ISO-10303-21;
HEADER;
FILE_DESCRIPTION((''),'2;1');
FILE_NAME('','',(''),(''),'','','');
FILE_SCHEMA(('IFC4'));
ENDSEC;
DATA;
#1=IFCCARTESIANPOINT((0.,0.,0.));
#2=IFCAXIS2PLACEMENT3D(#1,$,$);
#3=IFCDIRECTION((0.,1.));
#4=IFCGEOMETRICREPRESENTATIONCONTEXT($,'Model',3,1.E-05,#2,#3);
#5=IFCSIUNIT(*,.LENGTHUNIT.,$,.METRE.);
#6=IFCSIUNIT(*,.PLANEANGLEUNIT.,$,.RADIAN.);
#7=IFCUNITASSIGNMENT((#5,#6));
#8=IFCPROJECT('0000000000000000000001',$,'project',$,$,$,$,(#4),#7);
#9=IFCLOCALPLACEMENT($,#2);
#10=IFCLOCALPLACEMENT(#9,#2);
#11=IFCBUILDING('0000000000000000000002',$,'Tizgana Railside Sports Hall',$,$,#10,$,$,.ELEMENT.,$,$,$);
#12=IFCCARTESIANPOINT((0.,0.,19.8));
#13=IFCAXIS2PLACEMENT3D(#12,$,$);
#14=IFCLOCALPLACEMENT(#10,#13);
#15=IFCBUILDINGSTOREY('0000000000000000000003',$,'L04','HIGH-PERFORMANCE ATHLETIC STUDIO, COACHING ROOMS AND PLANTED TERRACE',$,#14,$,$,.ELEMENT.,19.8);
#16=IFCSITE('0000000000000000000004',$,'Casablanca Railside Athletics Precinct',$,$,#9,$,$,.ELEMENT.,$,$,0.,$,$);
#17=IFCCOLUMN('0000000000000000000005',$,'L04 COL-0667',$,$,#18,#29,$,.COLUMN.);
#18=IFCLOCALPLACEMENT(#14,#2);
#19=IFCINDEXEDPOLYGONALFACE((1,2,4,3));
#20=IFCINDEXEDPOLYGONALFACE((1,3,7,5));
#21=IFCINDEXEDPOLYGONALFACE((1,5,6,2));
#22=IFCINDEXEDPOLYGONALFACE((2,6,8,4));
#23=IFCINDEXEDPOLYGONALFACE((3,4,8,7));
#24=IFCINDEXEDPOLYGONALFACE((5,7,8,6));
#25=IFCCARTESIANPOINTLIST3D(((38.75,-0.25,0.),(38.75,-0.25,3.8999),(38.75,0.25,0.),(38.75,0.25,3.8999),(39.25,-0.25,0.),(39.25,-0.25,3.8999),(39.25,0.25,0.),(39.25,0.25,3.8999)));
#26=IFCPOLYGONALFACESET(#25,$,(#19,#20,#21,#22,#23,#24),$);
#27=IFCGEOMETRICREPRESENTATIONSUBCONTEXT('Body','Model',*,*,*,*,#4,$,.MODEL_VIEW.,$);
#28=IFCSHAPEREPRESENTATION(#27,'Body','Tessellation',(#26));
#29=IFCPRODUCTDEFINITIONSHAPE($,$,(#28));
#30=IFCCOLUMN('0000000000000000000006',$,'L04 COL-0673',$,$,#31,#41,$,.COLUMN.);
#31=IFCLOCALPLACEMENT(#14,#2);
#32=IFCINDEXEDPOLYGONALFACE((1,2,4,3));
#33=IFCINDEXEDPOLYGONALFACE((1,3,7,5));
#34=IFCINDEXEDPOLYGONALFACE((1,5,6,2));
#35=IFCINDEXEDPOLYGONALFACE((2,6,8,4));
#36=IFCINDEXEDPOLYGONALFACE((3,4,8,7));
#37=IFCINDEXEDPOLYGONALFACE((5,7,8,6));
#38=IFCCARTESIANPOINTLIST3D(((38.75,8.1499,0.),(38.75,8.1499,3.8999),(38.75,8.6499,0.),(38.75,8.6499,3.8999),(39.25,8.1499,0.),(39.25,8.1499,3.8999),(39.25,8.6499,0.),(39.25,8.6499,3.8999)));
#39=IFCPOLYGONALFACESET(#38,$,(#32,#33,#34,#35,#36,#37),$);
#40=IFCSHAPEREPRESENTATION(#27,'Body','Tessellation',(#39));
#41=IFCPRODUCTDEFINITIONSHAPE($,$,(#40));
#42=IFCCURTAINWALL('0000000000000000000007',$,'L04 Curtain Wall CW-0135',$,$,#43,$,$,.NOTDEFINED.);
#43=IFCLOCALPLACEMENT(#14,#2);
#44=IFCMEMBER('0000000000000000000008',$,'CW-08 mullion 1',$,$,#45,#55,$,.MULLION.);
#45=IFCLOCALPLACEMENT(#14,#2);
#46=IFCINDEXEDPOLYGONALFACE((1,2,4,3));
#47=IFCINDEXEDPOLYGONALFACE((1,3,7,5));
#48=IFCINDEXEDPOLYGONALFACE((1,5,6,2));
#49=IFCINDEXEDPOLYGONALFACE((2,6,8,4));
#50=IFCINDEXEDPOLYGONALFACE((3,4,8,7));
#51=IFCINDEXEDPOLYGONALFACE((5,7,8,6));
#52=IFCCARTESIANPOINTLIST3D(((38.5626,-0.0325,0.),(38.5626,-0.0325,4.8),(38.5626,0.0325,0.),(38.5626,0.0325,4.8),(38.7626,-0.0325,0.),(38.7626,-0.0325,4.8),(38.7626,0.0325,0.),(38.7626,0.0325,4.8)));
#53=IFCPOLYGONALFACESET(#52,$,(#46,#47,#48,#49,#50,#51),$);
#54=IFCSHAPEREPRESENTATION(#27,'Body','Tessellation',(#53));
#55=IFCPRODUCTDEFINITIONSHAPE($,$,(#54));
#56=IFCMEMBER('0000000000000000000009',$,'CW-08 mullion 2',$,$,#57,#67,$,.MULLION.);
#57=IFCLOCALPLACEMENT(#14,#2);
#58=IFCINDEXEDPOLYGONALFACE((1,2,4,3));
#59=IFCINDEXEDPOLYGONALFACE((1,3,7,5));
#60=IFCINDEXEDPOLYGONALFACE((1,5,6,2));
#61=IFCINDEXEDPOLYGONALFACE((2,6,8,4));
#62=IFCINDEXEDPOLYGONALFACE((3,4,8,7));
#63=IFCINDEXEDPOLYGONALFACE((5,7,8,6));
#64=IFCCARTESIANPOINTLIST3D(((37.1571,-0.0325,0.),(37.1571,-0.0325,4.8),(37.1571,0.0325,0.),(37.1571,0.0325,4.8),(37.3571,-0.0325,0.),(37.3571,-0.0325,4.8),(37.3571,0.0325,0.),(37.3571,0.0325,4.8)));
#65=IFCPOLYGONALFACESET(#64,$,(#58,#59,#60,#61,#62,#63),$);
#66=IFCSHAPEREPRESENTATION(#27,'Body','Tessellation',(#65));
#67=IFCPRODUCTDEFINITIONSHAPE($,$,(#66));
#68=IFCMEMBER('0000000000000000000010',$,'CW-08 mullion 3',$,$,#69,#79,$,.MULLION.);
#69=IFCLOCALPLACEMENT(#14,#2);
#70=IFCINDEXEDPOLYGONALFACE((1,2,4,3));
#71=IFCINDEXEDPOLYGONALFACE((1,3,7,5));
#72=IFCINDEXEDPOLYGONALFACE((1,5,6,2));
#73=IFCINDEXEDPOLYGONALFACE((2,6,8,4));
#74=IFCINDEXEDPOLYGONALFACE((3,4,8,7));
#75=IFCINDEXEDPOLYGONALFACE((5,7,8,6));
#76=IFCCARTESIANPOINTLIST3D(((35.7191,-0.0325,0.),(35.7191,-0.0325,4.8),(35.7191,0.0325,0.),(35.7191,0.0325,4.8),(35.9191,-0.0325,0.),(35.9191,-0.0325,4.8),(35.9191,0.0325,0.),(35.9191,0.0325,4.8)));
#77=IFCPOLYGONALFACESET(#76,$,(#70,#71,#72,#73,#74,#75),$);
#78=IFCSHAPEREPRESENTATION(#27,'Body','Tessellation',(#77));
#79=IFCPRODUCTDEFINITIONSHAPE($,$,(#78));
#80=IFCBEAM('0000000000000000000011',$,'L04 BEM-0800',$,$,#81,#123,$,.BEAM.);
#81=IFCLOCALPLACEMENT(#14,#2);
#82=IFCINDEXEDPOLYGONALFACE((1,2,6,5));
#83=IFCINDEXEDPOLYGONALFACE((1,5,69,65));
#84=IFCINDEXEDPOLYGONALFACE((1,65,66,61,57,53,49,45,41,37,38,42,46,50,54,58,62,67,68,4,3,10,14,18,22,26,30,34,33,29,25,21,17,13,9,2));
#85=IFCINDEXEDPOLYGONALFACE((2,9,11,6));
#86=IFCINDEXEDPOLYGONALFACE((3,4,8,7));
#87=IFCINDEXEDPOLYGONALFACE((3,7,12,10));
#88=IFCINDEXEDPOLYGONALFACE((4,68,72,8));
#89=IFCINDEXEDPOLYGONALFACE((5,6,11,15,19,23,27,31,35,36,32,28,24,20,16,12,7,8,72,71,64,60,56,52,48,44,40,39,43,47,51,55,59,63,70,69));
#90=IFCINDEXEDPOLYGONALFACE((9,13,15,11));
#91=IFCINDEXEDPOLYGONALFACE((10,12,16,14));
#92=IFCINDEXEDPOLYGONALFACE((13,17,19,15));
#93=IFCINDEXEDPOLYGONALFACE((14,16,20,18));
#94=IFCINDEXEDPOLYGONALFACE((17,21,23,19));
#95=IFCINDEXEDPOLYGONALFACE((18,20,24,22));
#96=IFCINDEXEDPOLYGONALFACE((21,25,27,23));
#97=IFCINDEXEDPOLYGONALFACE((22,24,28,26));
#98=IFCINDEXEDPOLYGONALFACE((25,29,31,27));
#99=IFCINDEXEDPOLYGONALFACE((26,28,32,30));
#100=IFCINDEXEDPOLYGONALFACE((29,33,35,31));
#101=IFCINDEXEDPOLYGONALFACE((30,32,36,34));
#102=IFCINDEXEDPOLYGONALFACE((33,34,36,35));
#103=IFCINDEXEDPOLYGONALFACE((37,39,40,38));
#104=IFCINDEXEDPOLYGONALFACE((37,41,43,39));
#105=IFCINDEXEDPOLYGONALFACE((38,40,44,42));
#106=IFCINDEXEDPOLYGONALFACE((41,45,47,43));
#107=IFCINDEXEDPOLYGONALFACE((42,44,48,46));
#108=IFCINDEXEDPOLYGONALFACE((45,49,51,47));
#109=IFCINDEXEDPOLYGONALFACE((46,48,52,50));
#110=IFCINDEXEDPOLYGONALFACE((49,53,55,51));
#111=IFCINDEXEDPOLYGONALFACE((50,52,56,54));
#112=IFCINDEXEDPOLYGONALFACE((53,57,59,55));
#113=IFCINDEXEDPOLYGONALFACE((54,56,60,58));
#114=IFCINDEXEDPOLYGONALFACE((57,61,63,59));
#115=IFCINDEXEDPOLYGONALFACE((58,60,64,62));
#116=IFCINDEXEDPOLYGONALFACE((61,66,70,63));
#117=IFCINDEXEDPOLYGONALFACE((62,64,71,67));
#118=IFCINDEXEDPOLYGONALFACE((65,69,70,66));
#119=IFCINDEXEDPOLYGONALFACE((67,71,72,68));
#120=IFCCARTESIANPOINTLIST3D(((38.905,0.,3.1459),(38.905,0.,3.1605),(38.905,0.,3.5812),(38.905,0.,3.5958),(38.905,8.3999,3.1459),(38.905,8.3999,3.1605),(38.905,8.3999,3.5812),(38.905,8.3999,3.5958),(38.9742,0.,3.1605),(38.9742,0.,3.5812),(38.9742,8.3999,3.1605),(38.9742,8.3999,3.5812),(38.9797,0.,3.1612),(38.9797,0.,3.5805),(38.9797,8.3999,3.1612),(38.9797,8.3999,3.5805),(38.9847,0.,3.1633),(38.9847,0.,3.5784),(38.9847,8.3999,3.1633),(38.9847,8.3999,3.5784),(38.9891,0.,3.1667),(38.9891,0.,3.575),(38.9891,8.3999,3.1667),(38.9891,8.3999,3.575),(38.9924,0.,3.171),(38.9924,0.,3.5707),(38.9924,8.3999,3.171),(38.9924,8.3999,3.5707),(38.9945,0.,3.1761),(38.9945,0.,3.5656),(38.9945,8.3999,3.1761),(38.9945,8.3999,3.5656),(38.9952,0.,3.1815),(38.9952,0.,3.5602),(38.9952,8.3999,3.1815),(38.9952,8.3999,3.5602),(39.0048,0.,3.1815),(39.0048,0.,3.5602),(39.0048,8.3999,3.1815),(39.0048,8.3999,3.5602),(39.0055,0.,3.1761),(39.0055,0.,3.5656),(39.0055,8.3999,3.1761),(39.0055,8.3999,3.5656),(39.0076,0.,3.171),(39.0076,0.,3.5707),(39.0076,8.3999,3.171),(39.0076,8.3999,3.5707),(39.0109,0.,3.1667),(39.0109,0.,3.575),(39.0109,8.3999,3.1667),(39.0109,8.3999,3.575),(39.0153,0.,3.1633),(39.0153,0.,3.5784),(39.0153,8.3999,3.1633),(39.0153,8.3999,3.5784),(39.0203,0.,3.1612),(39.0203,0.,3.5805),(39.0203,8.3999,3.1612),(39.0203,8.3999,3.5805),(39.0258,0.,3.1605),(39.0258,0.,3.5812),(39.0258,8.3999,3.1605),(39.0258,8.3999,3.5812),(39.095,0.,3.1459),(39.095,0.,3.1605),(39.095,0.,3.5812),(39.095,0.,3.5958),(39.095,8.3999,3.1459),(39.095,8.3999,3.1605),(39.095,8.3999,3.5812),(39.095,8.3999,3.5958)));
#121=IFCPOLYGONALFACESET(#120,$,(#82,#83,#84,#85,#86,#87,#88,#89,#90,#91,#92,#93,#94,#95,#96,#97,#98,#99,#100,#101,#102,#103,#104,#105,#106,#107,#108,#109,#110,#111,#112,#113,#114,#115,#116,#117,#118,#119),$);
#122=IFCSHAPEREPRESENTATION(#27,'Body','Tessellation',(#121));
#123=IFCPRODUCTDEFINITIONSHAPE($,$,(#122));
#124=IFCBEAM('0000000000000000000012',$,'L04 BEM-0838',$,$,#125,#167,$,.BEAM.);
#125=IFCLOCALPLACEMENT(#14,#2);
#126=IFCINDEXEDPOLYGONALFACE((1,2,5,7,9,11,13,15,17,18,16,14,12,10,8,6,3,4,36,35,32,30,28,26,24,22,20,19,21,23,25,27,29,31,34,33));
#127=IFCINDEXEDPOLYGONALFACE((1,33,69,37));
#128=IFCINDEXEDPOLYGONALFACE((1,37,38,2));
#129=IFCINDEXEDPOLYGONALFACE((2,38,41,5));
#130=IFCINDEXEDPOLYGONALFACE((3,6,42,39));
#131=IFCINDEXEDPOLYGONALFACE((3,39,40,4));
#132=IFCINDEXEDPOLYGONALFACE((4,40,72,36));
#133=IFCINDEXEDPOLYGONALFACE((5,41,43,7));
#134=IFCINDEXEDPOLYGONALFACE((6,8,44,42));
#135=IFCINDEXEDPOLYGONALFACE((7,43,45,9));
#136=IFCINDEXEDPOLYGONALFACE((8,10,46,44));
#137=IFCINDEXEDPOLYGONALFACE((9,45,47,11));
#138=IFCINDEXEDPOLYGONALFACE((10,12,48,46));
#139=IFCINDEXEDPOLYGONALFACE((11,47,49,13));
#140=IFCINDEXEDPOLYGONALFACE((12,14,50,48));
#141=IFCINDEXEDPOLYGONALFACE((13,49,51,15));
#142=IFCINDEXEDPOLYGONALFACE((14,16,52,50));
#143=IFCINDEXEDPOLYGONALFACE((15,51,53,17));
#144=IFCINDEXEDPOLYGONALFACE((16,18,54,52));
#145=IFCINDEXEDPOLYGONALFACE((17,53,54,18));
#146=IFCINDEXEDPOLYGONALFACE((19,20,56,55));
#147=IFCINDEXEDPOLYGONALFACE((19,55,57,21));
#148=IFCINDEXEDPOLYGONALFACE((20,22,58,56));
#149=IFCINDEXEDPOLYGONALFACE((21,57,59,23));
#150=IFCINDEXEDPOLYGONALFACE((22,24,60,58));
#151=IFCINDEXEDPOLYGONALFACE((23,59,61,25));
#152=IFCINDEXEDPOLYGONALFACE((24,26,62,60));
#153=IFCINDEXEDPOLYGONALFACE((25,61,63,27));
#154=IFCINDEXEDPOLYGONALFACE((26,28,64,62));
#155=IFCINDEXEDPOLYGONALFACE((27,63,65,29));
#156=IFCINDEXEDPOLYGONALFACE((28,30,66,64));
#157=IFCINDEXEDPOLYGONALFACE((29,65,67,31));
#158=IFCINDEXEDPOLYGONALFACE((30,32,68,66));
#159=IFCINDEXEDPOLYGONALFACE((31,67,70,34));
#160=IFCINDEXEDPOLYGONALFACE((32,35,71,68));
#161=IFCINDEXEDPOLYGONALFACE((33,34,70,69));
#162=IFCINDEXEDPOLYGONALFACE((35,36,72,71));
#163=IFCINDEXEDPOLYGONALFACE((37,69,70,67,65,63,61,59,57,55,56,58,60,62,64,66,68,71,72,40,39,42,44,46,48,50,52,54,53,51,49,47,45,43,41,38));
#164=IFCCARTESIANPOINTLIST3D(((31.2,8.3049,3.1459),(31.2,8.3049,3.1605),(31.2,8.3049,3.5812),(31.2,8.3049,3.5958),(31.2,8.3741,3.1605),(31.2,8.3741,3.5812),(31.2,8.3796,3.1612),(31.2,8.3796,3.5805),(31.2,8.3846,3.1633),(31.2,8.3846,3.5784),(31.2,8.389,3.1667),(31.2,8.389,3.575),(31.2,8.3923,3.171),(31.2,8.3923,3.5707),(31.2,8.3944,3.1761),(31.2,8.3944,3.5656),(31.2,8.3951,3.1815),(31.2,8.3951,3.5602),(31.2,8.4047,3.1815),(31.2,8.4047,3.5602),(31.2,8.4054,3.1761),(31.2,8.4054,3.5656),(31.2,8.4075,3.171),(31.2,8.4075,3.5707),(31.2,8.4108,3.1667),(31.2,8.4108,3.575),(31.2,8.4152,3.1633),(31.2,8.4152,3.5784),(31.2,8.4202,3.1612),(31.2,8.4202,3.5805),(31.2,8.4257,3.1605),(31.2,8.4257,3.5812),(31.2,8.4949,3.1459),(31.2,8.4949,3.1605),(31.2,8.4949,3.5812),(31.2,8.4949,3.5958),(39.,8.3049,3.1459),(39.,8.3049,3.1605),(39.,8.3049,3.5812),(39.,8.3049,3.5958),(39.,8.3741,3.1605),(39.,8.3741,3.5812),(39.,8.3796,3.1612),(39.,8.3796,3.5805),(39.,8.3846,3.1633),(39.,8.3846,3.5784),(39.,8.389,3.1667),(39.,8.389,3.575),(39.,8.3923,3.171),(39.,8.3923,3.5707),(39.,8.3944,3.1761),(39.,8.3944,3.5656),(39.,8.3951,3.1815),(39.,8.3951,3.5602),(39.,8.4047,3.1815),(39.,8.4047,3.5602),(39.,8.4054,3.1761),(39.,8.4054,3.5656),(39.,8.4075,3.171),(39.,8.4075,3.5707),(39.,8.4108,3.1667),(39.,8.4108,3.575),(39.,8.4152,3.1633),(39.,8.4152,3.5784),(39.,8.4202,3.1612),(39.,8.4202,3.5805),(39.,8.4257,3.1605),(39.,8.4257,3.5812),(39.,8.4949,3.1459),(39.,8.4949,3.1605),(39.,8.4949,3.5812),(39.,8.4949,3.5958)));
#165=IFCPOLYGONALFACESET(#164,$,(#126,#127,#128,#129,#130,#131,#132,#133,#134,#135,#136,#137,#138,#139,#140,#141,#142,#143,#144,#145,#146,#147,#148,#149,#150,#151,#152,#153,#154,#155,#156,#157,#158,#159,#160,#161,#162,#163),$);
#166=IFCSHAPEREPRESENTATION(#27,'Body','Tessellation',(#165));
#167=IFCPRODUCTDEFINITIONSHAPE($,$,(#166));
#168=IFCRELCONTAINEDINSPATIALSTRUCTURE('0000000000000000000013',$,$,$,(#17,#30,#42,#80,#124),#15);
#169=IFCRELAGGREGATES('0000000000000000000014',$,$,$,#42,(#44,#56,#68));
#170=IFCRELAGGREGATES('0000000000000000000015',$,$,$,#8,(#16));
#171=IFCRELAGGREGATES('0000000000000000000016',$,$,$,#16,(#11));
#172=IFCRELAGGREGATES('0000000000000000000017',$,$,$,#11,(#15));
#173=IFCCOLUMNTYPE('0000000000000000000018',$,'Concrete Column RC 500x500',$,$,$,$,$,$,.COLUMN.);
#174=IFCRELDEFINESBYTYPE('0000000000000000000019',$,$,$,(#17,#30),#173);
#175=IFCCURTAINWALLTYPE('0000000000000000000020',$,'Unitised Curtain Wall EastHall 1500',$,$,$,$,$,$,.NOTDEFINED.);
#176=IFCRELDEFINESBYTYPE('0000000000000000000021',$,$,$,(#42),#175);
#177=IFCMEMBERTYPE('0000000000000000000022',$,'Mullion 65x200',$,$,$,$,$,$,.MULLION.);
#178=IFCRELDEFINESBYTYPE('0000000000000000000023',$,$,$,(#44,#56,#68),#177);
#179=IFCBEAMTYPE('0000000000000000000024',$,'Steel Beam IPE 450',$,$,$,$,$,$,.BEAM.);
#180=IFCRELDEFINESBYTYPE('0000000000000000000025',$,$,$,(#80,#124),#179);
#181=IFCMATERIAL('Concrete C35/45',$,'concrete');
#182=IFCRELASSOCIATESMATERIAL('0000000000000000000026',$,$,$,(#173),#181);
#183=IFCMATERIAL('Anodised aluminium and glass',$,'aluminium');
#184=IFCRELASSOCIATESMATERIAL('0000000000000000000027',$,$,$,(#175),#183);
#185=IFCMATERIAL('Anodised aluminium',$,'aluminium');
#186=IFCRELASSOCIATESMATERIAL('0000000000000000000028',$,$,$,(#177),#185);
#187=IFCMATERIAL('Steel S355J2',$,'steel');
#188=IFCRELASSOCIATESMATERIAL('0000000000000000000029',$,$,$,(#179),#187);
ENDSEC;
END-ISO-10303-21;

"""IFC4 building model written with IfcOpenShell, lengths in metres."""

from ifc_helpers import new_model, si_unit, direction, frame, origin, origin_2d, place, context, subcontext, project, spatial, rectangle, i_section, extrude, material, material_profile, profile_set, type_object, element, aggregate, save


model = new_model("IFC4")

# Units and contexts
model_context = context("Model", 3, precision=1e-05, world=origin(), true_north=direction((0.0, 1.0)))
body_context = subcontext(model_context, "Body", "Model", "MODEL_VIEW")
ifc_project = project(units=[si_unit("LENGTHUNIT", "METRE"), si_unit("PLANEANGLEUNIT", "RADIAN")], contexts=[model_context])

# Site, building, storey
site_placement = place(None, origin())
site = spatial("IfcSite", under=ifc_project, at=site_placement, Name="Casablanca Railside Athletics Precinct", CompositionType="ELEMENT", RefElevation=0.0)
building_placement = place(site_placement, origin())
building = spatial("IfcBuilding", under=site, at=building_placement, Name="Tizgana Railside Sports Hall", CompositionType="ELEMENT")
storey_placement = place(building_placement, frame((0.0, 0.0, 19.8)))
storey = spatial("IfcBuildingStorey", under=building, at=storey_placement, Name="L04", Description="HIGH-PERFORMANCE ATHLETIC STUDIO, COACHING ROOMS AND PLANTED TERRACE", CompositionType="ELEMENT", Elevation=19.8)

# Columns
ifc_material_1 = material(Name="Concrete C35/45", Category="concrete")
ifc_material_profile_1 = material_profile(ifc_material_1, rectangle(XDim=0.5, YDim=0.5, at=origin_2d()), Name="RC 500x500")
ifc_profile_set_1 = profile_set([ifc_material_profile_1], Name="Concrete C35/45")
column_type = type_object("IfcColumnType", Name="Concrete Column RC 500x500", PredefinedType="COLUMN", material=ifc_profile_set_1)
for number, where, z_axis, x_axis, name in (
    (1, (39.0, 0.0, 0.0), (0.0, 0.0, 1.0), (1.0, 0.0, 0.0), "L04 COL-0667"),
    (2, (39.0, 8.3999, 0.0), (0.0, 0.0, 1.0), (1.0, 0.0, 0.0), "L04 COL-0673"),
):
    element("IfcColumn", number, at=place(storey_placement, frame(where, z_axis=z_axis, x_axis=x_axis)), inside=storey, type_object=column_type, Name=name, PredefinedType="COLUMN", context=body_context, shape_type="SweptSolid", body=[
        extrude(rectangle(XDim=0.5, YDim=0.5, at=origin_2d()), origin(), (0.0, 0.0, 1.0), 3.8999),
    ])

# Curtain wall, members
ifc_material_2 = material(Name="Anodised aluminium and glass", Category="aluminium")
curtain_wall_type = type_object("IfcCurtainWallType", Name="Unitised Curtain Wall EastHall 1500", PredefinedType="NOTDEFINED", material=ifc_material_2)
curtain_wall_placement = place(storey_placement, origin())
curtain_wall = element("IfcCurtainWall", 3, at=curtain_wall_placement, inside=storey, type_object=curtain_wall_type, Name="L04 Curtain Wall CW-0135", PredefinedType="NOTDEFINED")
ifc_material_3 = material(Name="Anodised aluminium", Category="aluminium")
ifc_material_profile_2 = material_profile(ifc_material_3, rectangle(XDim=0.0649, YDim=0.2, at=origin_2d()), Name="Mullion 65x200")
ifc_profile_set_2 = profile_set([ifc_material_profile_2], Name="Anodised aluminium")
member_type_1 = type_object("IfcMemberType", Name="Mullion 65x200", PredefinedType="MULLION", material=ifc_profile_set_2)
member_1_placement = place(storey_placement, frame((38.6626, 0.0, 0.0), z_axis=(0.0, 0.0, 1.0), x_axis=(0.0, -1.0, 0.0)))
member_1 = element("IfcMember", 4, at=member_1_placement, type_object=member_type_1, Name="CW-08 mullion 1", PredefinedType="MULLION", context=body_context, shape_type="SweptSolid", body=[
    extrude(rectangle(XDim=0.0649, YDim=0.2, at=origin_2d()), origin(), (0.0, 0.0, 1.0), 4.8),
])
member_2_placement = place(storey_placement, frame((37.2571, 0.0, 0.0), z_axis=(0.0, 0.0, 1.0), x_axis=(0.0, -1.0, 0.0)))
member_2 = element("IfcMember", 5, at=member_2_placement, type_object=member_type_1, Name="CW-08 mullion 2", PredefinedType="MULLION", context=body_context, shape_type="SweptSolid", body=[
    extrude(rectangle(XDim=0.0649, YDim=0.2, at=origin_2d()), origin(), (0.0, 0.0, 1.0), 4.8),
])
member_3_placement = place(storey_placement, frame((35.8191, 0.0, 0.0), z_axis=(0.0, 0.0, 1.0), x_axis=(0.0, -1.0, 0.0)))
member_3 = element("IfcMember", 6, at=member_3_placement, type_object=member_type_1, Name="CW-08 mullion 3", PredefinedType="MULLION", context=body_context, shape_type="SweptSolid", body=[
    extrude(rectangle(XDim=0.0649, YDim=0.2, at=origin_2d()), origin(), (0.0, 0.0, 1.0), 4.8),
])

# Beams
ifc_material_4 = material(Name="Steel S355J2", Category="steel")
ifc_material_profile_3 = material_profile(ifc_material_4, i_section(OverallWidth=0.1899, OverallDepth=0.45, WebThickness=0.0095, FlangeThickness=0.0146, FilletRadius=0.021, at=origin_2d()), Name="IPE 450")
ifc_profile_set_3 = profile_set([ifc_material_profile_3], Name="Steel S355J2")
beam_type_1 = type_object("IfcBeamType", Name="Steel Beam IPE 450", PredefinedType="BEAM", material=ifc_profile_set_3)
beam_1_placement = place(storey_placement, frame((39.0, 0.0, 3.3708), z_axis=(0.0, 1.0, 0.0), x_axis=(-1.0, 0.0, 0.0)))
element("IfcBeam", 7, at=beam_1_placement, inside=storey, type_object=beam_type_1, Name="L04 BEM-0800", PredefinedType="BEAM", context=body_context, shape_type="SweptSolid", body=[
    extrude(i_section(OverallWidth=0.1899, OverallDepth=0.45, WebThickness=0.0095, FlangeThickness=0.0146, FilletRadius=0.021, at=origin_2d()), origin(), (0.0, 0.0, 1.0), 8.3999),
])
beam_2_placement = place(storey_placement, frame((31.2, 8.3999, 3.3708), z_axis=(1.0, 0.0, 0.0), x_axis=(0.0, 1.0, 0.0)))
element("IfcBeam", 8, at=beam_2_placement, inside=storey, type_object=beam_type_1, Name="L04 BEM-0838", PredefinedType="BEAM", context=body_context, shape_type="SweptSolid", body=[
    extrude(i_section(OverallWidth=0.1899, OverallDepth=0.45, WebThickness=0.0095, FlangeThickness=0.0146, FilletRadius=0.021, at=origin_2d()), origin(), (0.0, 0.0, 1.0), 7.8),
])

aggregate(curtain_wall, [member_1, member_2, member_3])

save(model, "model.ifc")
